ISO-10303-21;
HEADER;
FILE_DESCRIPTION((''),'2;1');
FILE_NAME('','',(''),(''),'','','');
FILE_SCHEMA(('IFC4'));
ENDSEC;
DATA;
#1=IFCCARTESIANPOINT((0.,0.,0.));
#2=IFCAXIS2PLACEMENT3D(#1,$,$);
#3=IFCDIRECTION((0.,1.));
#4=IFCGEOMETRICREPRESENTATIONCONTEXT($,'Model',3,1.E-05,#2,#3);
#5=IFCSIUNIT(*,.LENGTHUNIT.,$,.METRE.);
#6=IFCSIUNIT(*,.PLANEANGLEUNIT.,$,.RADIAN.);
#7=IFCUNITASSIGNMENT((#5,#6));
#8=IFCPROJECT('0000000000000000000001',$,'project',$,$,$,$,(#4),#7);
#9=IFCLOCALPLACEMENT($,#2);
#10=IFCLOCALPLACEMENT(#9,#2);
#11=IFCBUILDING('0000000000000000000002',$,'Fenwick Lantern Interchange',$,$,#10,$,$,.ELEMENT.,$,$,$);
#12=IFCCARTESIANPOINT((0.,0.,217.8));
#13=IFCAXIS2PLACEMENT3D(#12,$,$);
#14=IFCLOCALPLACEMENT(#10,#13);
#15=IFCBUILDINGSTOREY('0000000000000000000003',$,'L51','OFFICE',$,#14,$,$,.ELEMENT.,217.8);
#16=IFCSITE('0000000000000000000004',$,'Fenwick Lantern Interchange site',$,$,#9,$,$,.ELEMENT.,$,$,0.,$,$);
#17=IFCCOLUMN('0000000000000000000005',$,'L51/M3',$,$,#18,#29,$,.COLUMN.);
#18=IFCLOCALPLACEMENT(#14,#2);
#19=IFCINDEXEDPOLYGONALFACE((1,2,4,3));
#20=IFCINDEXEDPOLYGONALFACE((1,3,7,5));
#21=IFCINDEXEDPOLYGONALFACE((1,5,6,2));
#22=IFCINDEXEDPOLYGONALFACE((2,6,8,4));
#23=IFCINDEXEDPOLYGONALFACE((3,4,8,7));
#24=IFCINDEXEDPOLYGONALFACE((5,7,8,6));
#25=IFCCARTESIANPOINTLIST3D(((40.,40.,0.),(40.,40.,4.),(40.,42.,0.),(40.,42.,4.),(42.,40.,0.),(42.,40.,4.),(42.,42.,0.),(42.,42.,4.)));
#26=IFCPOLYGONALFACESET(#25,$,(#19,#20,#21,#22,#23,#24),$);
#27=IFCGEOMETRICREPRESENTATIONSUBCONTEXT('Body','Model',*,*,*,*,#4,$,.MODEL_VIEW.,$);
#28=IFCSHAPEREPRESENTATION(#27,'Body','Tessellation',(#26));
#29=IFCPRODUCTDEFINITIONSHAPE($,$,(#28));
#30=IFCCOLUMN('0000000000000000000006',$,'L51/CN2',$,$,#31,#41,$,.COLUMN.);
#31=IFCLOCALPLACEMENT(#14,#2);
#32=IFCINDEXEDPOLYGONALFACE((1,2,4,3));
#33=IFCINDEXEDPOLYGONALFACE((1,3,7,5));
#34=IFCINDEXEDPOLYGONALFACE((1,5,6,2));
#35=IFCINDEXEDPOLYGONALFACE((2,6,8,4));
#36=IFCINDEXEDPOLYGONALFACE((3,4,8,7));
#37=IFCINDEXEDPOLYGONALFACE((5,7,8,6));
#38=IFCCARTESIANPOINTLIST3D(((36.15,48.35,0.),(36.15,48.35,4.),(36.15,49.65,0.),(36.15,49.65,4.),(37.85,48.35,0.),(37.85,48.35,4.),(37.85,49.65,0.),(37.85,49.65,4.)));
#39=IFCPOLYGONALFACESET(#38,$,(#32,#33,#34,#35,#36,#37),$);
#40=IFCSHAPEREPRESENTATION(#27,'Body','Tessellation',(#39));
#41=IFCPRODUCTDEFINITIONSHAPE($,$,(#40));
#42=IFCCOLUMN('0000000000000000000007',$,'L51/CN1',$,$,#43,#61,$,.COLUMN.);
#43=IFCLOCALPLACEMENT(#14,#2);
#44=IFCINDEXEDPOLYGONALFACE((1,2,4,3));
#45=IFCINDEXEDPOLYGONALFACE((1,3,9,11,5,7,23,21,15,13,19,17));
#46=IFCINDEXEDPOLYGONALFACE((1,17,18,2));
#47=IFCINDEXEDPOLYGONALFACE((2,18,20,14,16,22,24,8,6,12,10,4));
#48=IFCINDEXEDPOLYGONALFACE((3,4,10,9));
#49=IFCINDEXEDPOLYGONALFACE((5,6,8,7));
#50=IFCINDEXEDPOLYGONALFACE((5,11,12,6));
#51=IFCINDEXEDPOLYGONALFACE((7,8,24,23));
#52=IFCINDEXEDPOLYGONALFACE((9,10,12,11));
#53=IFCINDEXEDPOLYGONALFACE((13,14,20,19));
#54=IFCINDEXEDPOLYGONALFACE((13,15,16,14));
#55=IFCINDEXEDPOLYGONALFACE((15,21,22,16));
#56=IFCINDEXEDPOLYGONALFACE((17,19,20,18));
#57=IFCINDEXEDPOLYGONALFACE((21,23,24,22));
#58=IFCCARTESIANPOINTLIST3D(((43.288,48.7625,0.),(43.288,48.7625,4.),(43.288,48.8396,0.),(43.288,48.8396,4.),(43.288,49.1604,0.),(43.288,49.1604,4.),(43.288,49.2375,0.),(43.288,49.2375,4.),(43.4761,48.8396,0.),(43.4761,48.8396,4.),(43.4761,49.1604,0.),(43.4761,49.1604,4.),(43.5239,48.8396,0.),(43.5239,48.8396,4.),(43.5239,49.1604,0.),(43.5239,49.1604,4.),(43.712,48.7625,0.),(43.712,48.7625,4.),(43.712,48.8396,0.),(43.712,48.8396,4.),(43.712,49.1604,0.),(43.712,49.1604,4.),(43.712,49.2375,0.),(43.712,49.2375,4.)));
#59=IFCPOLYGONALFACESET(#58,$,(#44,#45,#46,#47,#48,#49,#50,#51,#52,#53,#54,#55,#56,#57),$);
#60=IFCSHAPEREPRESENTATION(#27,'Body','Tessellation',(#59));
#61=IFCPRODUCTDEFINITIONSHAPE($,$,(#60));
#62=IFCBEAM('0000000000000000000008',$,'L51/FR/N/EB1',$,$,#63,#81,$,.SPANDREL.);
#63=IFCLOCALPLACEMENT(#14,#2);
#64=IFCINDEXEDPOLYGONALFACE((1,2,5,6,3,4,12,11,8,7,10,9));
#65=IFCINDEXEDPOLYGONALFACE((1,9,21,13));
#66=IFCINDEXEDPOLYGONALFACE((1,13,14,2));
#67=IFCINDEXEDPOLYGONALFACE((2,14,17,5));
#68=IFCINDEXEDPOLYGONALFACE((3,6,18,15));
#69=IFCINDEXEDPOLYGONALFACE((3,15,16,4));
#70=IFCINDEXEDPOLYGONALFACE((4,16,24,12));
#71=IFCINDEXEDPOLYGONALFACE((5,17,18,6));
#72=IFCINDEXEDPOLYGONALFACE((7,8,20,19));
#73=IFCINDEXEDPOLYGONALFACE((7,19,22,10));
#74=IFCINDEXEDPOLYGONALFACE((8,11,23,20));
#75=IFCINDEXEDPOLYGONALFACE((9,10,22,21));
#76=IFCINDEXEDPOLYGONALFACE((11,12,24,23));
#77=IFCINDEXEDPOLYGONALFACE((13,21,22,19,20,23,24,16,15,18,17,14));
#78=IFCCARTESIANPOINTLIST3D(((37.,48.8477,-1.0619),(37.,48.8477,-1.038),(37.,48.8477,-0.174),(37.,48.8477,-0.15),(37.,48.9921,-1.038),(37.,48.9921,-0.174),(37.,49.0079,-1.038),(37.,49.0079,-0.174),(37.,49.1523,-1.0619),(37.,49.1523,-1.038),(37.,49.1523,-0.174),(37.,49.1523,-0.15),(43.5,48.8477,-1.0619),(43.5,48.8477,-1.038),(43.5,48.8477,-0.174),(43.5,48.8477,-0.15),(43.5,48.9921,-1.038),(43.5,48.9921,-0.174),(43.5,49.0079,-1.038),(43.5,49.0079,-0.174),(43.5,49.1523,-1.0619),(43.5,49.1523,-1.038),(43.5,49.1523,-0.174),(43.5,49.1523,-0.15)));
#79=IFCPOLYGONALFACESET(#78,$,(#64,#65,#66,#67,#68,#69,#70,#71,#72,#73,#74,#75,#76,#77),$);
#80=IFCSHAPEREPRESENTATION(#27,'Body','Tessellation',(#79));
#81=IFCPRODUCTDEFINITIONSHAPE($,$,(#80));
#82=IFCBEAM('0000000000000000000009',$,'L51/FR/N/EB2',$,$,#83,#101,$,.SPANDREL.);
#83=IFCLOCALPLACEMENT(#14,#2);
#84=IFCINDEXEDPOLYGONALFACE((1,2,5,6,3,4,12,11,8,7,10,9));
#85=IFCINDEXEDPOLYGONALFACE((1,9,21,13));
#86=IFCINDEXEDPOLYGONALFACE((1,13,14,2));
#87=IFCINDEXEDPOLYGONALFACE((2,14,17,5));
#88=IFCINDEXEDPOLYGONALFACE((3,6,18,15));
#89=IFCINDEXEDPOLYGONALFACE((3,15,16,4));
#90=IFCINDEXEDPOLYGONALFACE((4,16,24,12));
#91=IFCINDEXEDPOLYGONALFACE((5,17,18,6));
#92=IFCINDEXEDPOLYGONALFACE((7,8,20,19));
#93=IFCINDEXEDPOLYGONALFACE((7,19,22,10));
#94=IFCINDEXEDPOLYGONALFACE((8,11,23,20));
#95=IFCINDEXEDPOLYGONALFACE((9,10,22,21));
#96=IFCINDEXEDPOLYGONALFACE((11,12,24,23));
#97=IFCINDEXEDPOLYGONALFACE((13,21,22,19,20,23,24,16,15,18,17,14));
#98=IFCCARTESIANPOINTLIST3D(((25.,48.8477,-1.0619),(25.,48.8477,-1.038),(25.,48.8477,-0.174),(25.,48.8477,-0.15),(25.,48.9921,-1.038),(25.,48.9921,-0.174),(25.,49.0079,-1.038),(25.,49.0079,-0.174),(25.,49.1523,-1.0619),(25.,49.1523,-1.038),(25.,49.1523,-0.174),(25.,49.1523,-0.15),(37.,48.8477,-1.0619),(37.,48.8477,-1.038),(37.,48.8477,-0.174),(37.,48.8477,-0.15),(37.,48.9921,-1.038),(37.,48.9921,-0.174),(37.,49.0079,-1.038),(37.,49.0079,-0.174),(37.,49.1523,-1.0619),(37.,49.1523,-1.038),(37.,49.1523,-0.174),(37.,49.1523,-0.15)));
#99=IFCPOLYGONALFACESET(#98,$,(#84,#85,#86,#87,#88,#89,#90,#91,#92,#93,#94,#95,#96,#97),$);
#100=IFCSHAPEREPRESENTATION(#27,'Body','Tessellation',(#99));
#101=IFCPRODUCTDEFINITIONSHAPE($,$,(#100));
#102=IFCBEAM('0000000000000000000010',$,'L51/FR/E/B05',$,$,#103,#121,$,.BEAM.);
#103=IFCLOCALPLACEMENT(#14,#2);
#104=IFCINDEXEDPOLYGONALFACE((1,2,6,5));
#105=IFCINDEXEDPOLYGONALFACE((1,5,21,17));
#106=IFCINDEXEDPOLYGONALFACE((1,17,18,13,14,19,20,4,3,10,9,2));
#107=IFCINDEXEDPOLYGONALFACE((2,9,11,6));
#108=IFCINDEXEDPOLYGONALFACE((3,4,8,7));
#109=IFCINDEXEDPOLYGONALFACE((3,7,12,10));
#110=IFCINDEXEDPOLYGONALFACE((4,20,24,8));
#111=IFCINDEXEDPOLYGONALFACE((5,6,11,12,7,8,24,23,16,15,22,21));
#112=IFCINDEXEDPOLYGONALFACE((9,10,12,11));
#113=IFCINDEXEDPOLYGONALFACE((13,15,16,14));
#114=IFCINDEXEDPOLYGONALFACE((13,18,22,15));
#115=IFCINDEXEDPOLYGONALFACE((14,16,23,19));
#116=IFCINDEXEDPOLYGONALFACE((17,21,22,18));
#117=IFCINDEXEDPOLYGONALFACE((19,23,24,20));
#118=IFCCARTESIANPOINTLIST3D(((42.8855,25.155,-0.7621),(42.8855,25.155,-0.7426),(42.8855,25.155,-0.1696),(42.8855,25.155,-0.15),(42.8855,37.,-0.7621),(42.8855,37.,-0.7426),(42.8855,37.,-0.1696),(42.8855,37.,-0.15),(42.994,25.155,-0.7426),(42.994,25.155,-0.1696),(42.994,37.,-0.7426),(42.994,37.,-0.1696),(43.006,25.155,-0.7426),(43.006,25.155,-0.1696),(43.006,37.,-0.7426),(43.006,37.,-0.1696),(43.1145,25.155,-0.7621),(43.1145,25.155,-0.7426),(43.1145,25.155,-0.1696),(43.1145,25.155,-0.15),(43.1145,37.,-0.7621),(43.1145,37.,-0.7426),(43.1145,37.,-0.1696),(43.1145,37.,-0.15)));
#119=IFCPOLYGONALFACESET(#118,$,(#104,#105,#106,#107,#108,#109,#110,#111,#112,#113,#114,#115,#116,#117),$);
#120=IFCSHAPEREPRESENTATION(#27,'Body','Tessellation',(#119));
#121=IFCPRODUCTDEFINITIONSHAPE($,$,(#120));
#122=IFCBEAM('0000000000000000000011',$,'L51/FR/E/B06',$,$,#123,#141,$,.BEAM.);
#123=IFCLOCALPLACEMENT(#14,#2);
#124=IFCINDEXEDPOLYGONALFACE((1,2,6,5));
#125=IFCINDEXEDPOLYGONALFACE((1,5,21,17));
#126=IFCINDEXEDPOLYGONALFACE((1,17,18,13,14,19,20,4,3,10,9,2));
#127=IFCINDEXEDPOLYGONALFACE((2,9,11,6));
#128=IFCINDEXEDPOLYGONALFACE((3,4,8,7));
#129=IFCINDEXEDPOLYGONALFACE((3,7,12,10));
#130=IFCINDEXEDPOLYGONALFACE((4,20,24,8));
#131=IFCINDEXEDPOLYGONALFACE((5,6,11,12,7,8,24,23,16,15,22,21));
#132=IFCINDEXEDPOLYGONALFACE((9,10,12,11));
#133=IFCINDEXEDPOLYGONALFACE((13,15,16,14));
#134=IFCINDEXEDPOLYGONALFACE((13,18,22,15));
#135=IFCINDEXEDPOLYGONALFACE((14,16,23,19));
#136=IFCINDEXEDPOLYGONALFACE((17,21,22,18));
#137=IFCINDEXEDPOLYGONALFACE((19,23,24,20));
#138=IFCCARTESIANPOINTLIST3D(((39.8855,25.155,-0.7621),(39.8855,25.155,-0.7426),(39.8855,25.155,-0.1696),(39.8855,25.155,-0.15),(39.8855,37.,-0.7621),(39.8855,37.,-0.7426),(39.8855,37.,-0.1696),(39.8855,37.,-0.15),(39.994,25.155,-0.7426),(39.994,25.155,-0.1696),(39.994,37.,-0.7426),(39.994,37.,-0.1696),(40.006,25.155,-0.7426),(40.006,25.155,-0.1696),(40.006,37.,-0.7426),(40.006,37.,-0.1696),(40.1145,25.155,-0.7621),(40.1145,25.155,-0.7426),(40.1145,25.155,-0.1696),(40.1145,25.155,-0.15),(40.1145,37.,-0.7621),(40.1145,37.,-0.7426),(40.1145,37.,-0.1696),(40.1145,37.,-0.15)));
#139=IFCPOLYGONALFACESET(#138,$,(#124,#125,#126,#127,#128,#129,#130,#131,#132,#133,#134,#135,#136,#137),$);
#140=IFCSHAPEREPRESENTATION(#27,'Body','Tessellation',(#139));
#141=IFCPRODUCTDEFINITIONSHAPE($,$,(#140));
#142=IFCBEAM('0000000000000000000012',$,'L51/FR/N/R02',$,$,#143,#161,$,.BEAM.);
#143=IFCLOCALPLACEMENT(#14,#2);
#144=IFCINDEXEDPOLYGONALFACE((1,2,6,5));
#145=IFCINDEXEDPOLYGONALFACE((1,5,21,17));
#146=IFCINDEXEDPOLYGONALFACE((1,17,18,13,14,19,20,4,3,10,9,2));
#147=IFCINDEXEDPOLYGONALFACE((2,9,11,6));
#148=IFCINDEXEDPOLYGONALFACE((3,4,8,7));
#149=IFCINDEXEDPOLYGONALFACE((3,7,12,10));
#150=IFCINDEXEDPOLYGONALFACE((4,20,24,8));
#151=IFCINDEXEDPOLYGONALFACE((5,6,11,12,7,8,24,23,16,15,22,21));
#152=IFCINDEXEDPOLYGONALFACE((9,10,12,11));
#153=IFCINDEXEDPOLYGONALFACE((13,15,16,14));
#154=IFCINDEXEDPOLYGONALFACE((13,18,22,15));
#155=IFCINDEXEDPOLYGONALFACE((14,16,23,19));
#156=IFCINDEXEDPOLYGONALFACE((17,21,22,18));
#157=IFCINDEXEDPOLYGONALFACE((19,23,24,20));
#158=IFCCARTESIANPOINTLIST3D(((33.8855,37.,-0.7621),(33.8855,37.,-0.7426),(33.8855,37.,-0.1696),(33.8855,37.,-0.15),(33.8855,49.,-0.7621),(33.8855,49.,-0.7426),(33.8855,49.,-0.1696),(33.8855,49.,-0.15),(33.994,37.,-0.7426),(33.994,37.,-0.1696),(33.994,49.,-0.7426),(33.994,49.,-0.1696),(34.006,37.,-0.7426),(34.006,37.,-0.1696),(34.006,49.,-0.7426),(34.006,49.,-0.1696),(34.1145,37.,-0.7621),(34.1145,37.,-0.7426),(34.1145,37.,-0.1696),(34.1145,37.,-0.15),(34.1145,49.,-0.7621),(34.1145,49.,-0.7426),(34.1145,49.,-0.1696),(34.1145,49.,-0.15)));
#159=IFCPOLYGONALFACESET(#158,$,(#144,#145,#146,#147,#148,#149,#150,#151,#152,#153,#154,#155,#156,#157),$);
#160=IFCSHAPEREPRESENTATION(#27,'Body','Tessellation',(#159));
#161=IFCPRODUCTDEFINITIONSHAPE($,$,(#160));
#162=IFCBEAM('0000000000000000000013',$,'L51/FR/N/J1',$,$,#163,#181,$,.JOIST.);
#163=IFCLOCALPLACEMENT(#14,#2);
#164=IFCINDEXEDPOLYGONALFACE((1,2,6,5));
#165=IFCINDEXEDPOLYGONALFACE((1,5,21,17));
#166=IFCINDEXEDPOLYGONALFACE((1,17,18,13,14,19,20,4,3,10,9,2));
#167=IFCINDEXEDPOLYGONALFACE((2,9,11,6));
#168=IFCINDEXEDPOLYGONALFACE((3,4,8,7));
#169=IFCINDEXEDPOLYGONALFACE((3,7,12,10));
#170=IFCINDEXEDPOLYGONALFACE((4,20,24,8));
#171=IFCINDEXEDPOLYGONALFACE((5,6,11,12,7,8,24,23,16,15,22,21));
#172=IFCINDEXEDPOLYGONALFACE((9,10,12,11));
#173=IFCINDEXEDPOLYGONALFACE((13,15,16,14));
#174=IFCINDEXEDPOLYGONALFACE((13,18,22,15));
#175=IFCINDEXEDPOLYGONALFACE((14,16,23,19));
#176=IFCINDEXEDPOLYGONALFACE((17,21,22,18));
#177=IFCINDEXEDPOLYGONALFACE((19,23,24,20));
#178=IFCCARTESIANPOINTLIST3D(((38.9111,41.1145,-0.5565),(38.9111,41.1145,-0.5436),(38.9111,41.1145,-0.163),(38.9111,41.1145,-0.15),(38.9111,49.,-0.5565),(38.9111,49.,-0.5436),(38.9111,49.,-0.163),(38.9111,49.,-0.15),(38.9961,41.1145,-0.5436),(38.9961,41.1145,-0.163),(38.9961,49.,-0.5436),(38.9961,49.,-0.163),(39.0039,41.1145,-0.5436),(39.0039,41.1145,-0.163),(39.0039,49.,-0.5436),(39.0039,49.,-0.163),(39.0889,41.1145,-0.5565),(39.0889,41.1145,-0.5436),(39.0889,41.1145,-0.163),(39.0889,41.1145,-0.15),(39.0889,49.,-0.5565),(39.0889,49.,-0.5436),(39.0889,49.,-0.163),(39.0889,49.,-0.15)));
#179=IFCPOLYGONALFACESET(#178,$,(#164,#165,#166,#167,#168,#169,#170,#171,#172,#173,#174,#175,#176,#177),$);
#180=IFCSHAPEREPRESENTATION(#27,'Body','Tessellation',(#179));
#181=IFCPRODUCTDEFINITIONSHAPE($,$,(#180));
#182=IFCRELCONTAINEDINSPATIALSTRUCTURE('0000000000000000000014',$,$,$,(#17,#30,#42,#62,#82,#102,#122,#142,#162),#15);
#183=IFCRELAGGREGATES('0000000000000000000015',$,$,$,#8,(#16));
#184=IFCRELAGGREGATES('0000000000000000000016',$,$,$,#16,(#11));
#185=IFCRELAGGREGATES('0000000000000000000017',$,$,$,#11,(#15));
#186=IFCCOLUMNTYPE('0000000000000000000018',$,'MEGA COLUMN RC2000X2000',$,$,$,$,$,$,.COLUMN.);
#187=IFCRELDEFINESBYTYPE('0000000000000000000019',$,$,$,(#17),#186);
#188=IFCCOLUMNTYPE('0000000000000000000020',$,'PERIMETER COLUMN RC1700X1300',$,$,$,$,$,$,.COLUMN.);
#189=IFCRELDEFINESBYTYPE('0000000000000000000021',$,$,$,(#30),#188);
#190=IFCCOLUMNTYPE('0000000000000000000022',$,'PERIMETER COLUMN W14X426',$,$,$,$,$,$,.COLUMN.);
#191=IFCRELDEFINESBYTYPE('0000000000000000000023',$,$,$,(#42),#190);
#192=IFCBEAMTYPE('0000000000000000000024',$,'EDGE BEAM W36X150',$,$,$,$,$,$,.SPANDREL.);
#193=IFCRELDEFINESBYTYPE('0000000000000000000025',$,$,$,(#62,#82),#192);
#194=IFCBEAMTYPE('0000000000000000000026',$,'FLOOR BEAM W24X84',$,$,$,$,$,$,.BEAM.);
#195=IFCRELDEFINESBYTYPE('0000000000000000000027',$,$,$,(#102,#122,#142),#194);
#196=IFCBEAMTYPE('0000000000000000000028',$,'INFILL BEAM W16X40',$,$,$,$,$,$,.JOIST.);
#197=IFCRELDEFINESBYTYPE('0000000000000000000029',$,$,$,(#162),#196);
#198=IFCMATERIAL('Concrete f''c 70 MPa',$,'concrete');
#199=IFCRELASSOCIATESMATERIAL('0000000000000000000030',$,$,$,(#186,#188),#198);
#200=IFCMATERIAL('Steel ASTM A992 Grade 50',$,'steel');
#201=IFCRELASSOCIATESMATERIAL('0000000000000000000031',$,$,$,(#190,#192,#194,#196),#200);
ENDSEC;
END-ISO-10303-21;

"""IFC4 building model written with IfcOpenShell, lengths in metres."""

from ifc_helpers import new_model, si_unit, direction, frame, origin, origin_2d, place, context, subcontext, project, spatial, rectangle, i_section, extrude, material, material_profile, profile_set, type_object, element, save


model = new_model("IFC4")

# Units and contexts
model_context = context("Model", 3, precision=1e-05, world=origin(), true_north=direction((0.0, 1.0)))
body_context = subcontext(model_context, "Body", "Model", "MODEL_VIEW")
ifc_project = project(units=[si_unit("LENGTHUNIT", "METRE"), si_unit("PLANEANGLEUNIT", "RADIAN")], contexts=[model_context])

# Site, building, storey
site_placement = place(None, origin())
site = spatial("IfcSite", under=ifc_project, at=site_placement, Name="Fenwick Lantern Interchange site", CompositionType="ELEMENT", RefElevation=0.0)
building_placement = place(site_placement, origin())
building = spatial("IfcBuilding", under=site, at=building_placement, Name="Fenwick Lantern Interchange", CompositionType="ELEMENT")
storey_placement = place(building_placement, frame((0.0, 0.0, 217.8)))
storey = spatial("IfcBuildingStorey", under=building, at=storey_placement, Name="L51", Description="OFFICE", CompositionType="ELEMENT", Elevation=217.8)

# Columns
ifc_material_1 = material(Name="Concrete f'c 70 MPa", Category="concrete")
ifc_material_profile_1 = material_profile(ifc_material_1, rectangle(XDim=2.0, YDim=2.0, at=origin_2d()), Name="RC2000X2000")
ifc_profile_set_1 = profile_set([ifc_material_profile_1], Name="Concrete f'c 70 MPa")
column_type_1 = type_object("IfcColumnType", Name="MEGA COLUMN RC2000X2000", PredefinedType="COLUMN", material=ifc_profile_set_1)
column_1_placement = place(storey_placement, frame((41.0, 41.0, 0.0), z_axis=(0.0, 0.0, 1.0), x_axis=(1.0, 0.0, 0.0)))
element("IfcColumn", 1, at=column_1_placement, inside=storey, type_object=column_type_1, Name="L51/M3", PredefinedType="COLUMN", context=body_context, shape_type="SweptSolid", body=[
    extrude(rectangle(XDim=2.0, YDim=2.0, at=origin_2d()), origin(), (0.0, 0.0, 1.0), 4.0),
])
ifc_material_profile_2 = material_profile(ifc_material_1, rectangle(XDim=1.7, YDim=1.3, at=origin_2d()), Name="RC1700X1300")
ifc_profile_set_2 = profile_set([ifc_material_profile_2], Name="Concrete f'c 70 MPa")
column_type_2 = type_object("IfcColumnType", Name="PERIMETER COLUMN RC1700X1300", PredefinedType="COLUMN", material=ifc_profile_set_2)
column_2_placement = place(storey_placement, frame((37.0, 49.0, 0.0), z_axis=(0.0, 0.0, 1.0), x_axis=(1.0, 0.0, 0.0)))
element("IfcColumn", 2, at=column_2_placement, inside=storey, type_object=column_type_2, Name="L51/CN2", PredefinedType="COLUMN", context=body_context, shape_type="SweptSolid", body=[
    extrude(rectangle(XDim=1.7, YDim=1.3, at=origin_2d()), origin(), (0.0, 0.0, 1.0), 4.0),
])
ifc_material_2 = material(Name="Steel ASTM A992 Grade 50", Category="steel")
ifc_material_profile_3 = material_profile(ifc_material_2, i_section(OverallWidth=0.4241, OverallDepth=0.4751, WebThickness=0.0479, FlangeThickness=0.0771, at=origin_2d()), Name="W14X426")
ifc_profile_set_3 = profile_set([ifc_material_profile_3], Name="Steel ASTM A992 Grade 50")
column_type_3 = type_object("IfcColumnType", Name="PERIMETER COLUMN W14X426", PredefinedType="COLUMN", material=ifc_profile_set_3)
column_3_placement = place(storey_placement, frame((43.5, 49.0, 0.0), z_axis=(0.0, 0.0, 1.0), x_axis=(1.0, 0.0, 0.0)))
element("IfcColumn", 3, at=column_3_placement, inside=storey, type_object=column_type_3, Name="L51/CN1", PredefinedType="COLUMN", context=body_context, shape_type="SweptSolid", body=[
    extrude(i_section(OverallWidth=0.4241, OverallDepth=0.4751, WebThickness=0.0479, FlangeThickness=0.0771, at=origin_2d()), origin(), (0.0, 0.0, 1.0), 4.0),
])

# Beams
ifc_material_profile_4 = material_profile(ifc_material_2, i_section(OverallWidth=0.3047, OverallDepth=0.9119, WebThickness=0.0159, FlangeThickness=0.0239, at=origin_2d()), Name="W36X150")
ifc_profile_set_4 = profile_set([ifc_material_profile_4], Name="Steel ASTM A992 Grade 50")
beam_type_1 = type_object("IfcBeamType", Name="EDGE BEAM W36X150", PredefinedType="SPANDREL", material=ifc_profile_set_4)
beam_1_placement = place(storey_placement, frame((43.5, 49.0, -0.606), z_axis=(-1.0, 0.0, 0.0), x_axis=(0.0, -1.0, 0.0)))
element("IfcBeam", 4, at=beam_1_placement, inside=storey, type_object=beam_type_1, Name="L51/FR/N/EB1", PredefinedType="SPANDREL", context=body_context, shape_type="SweptSolid", body=[
    extrude(i_section(OverallWidth=0.3047, OverallDepth=0.9119, WebThickness=0.0159, FlangeThickness=0.0239, at=origin_2d()), origin(), (0.0, 0.0, 1.0), 6.5),
])
beam_2_placement = place(storey_placement, frame((37.0, 49.0, -0.606), z_axis=(-1.0, 0.0, 0.0), x_axis=(0.0, -1.0, 0.0)))
element("IfcBeam", 5, at=beam_2_placement, inside=storey, type_object=beam_type_1, Name="L51/FR/N/EB2", PredefinedType="SPANDREL", context=body_context, shape_type="SweptSolid", body=[
    extrude(i_section(OverallWidth=0.3047, OverallDepth=0.9119, WebThickness=0.0159, FlangeThickness=0.0239, at=origin_2d()), origin(), (0.0, 0.0, 1.0), 12.0),
])
ifc_material_profile_5 = material_profile(ifc_material_2, i_section(OverallWidth=0.229, OverallDepth=0.6121, WebThickness=0.012, FlangeThickness=0.0195, at=origin_2d()), Name="W24X84")
ifc_profile_set_5 = profile_set([ifc_material_profile_5], Name="Steel ASTM A992 Grade 50")
beam_type_2 = type_object("IfcBeamType", Name="FLOOR BEAM W24X84", PredefinedType="BEAM", material=ifc_profile_set_5)
for number, where, z_axis, x_axis, name in (
    (6, (43.0, 25.155, -0.4561), (0.0, 1.0, 0.0), (-1.0, 0.0, 0.0), "L51/FR/E/B05"),
    (7, (40.0, 25.155, -0.4561), (0.0, 1.0, 0.0), (-1.0, 0.0, 0.0), "L51/FR/E/B06"),
):
    element("IfcBeam", number, at=place(storey_placement, frame(where, z_axis=z_axis, x_axis=x_axis)), inside=storey, type_object=beam_type_2, Name=name, PredefinedType="BEAM", context=body_context, shape_type="SweptSolid", body=[
        extrude(i_section(OverallWidth=0.229, OverallDepth=0.6121, WebThickness=0.012, FlangeThickness=0.0195, at=origin_2d()), origin(), (0.0, 0.0, 1.0), 11.845),
    ])
beam_3_placement = place(storey_placement, frame((34.0, 49.0, -0.4561), z_axis=(0.0, -1.0, 0.0), x_axis=(1.0, 0.0, 0.0)))
element("IfcBeam", 8, at=beam_3_placement, inside=storey, type_object=beam_type_2, Name="L51/FR/N/R02", PredefinedType="BEAM", context=body_context, shape_type="SweptSolid", body=[
    extrude(i_section(OverallWidth=0.229, OverallDepth=0.6121, WebThickness=0.012, FlangeThickness=0.0195, at=origin_2d()), origin(), (0.0, 0.0, 1.0), 12.0),
])
ifc_material_profile_6 = material_profile(ifc_material_2, i_section(OverallWidth=0.1777, OverallDepth=0.4065, WebThickness=0.0078, FlangeThickness=0.0129, at=origin_2d()), Name="W16X40")
ifc_profile_set_6 = profile_set([ifc_material_profile_6], Name="Steel ASTM A992 Grade 50")
beam_type_3 = type_object("IfcBeamType", Name="INFILL BEAM W16X40", PredefinedType="JOIST", material=ifc_profile_set_6)
beam_4_placement = place(storey_placement, frame((39.0, 49.0, -0.3533), z_axis=(0.0, -1.0, 0.0), x_axis=(1.0, 0.0, 0.0)))
element("IfcBeam", 9, at=beam_4_placement, inside=storey, type_object=beam_type_3, Name="L51/FR/N/J1", PredefinedType="JOIST", context=body_context, shape_type="SweptSolid", body=[
    extrude(i_section(OverallWidth=0.1777, OverallDepth=0.4065, WebThickness=0.0078, FlangeThickness=0.0129, at=origin_2d()), origin(), (0.0, 0.0, 1.0), 7.8855),
])

save(model, "model.ifc")
